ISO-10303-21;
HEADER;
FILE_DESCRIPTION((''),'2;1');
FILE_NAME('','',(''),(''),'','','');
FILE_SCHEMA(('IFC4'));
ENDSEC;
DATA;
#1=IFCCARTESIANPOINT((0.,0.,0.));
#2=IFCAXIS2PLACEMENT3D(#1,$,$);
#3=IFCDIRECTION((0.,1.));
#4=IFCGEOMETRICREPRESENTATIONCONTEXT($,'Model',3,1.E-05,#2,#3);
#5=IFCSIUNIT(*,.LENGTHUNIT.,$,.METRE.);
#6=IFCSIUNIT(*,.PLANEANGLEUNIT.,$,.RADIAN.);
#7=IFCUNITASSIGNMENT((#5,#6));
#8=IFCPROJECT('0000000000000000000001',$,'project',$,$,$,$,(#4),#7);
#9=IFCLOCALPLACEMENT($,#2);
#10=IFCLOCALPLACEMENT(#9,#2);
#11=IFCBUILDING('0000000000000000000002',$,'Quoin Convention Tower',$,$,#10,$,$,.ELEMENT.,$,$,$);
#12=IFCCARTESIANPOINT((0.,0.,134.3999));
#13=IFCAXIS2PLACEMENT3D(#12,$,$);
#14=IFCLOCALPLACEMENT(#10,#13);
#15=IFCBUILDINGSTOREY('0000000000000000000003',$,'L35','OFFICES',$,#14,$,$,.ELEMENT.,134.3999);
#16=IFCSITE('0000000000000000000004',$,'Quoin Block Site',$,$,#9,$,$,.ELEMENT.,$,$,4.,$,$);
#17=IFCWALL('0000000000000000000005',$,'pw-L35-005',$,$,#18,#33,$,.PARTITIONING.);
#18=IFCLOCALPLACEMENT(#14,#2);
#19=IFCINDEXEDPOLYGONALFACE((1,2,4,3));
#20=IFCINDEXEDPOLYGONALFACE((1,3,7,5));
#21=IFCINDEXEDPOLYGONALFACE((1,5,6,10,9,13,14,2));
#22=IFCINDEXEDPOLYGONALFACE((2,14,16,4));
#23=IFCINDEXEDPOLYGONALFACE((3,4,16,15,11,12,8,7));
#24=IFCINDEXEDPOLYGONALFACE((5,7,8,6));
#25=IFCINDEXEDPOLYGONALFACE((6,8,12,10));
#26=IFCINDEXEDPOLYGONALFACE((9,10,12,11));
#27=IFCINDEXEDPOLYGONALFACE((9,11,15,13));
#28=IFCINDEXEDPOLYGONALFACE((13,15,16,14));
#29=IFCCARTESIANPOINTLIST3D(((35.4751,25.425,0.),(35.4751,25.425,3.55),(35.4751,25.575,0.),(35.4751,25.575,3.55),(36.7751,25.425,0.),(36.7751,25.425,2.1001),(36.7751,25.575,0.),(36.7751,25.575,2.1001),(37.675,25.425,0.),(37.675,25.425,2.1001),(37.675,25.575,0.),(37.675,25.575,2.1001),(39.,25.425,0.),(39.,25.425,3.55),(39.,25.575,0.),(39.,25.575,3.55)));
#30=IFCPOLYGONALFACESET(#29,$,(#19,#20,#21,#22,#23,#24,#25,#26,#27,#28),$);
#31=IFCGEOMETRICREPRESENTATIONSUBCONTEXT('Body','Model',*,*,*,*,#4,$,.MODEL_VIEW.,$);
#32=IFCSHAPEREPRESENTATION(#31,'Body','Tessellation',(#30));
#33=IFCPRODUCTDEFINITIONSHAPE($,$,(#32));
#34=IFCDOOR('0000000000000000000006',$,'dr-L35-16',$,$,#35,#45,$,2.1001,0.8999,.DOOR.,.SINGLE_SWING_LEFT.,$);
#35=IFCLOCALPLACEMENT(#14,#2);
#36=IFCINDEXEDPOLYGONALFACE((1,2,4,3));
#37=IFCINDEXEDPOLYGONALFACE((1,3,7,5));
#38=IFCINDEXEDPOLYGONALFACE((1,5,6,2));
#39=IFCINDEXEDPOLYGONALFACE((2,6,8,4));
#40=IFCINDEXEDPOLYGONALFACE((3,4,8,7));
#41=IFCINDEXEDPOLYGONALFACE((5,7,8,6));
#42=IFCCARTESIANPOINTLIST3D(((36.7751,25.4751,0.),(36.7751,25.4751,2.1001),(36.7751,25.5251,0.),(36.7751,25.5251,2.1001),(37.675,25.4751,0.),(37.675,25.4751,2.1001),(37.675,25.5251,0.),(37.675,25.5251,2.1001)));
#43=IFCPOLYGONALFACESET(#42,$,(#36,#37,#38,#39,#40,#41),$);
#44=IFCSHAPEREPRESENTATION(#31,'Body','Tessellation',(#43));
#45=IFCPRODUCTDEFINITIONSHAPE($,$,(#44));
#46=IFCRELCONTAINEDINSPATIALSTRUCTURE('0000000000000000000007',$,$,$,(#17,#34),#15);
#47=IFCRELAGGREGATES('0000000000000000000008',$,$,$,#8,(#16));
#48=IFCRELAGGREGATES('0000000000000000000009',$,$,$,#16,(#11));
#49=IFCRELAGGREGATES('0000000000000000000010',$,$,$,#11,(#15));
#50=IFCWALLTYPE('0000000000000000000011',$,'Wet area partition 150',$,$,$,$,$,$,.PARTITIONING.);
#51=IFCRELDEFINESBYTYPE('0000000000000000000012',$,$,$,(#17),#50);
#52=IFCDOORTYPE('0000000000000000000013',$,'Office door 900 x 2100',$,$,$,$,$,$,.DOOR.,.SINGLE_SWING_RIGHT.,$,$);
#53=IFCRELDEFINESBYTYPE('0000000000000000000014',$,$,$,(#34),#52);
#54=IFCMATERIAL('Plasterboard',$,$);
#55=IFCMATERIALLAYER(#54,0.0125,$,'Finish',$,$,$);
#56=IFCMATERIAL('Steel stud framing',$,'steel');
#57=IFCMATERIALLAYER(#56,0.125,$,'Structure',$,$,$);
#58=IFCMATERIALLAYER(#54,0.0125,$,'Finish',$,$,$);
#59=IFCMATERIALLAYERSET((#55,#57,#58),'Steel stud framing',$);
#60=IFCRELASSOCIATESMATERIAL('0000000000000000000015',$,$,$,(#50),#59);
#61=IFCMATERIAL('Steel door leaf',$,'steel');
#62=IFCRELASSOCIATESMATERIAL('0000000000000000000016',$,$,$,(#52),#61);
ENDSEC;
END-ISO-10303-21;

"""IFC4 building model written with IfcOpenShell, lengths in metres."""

from ifc_helpers import new_model, si_unit, direction, frame, frame_2d, origin, place, context, subcontext, project, spatial, rectangle, extrude, material, layer, layer_set, type_object, element, fill, save


model = new_model("IFC4")

# Units and contexts
model_context = context("Model", 3, precision=1e-05, world=origin(), true_north=direction((0.0, 1.0)))
body_context = subcontext(model_context, "Body", "Model", "MODEL_VIEW")
ifc_project = project(units=[si_unit("LENGTHUNIT", "METRE"), si_unit("PLANEANGLEUNIT", "RADIAN")], contexts=[model_context])

# Site, building, storey
site_placement = place(None, origin())
site = spatial("IfcSite", under=ifc_project, at=site_placement, Name="Quoin Block Site", CompositionType="ELEMENT", RefElevation=4.0)
building_placement = place(site_placement, origin())
building = spatial("IfcBuilding", under=site, at=building_placement, Name="Quoin Convention Tower", CompositionType="ELEMENT")
storey_placement = place(building_placement, frame((0.0, 0.0, 134.3999)))
storey = spatial("IfcBuildingStorey", under=building, at=storey_placement, Name="L35", Description="OFFICES", CompositionType="ELEMENT", Elevation=134.3999)

# Shared definitions
ifc_material_1 = material(Name="Plasterboard")
ifc_material_2 = material(Name="Steel stud framing", Category="steel")

# Wall, opening, door
ifc_layer_1 = layer(ifc_material_1, 0.0125, Name="Finish")
ifc_layer_2 = layer(ifc_material_2, 0.125, Name="Structure")
ifc_layer_3 = layer(ifc_material_1, 0.0125, Name="Finish")
ifc_layer_set_1 = layer_set([ifc_layer_1, ifc_layer_2, ifc_layer_3], Name="Steel stud framing")
wall_type_1 = type_object("IfcWallType", Name="Wet area partition 150", PredefinedType="PARTITIONING", material=ifc_layer_set_1)
wall_1_placement = place(storey_placement, frame((35.4751, 25.5, 0.0), z_axis=(0.0, 0.0, 1.0), x_axis=(1.0, 0.0, 0.0)))
wall_1 = element("IfcWall", 1, at=wall_1_placement, inside=storey, type_object=wall_type_1, Name="pw-L35-005", PredefinedType="PARTITIONING", context=body_context, shape_type="SweptSolid", body=[
    extrude(rectangle(XDim=3.5249, YDim=0.1499, at=frame_2d((1.7625, 0.0))), origin(), (0.0, 0.0, 1.0), 3.55),
])
opening_1_placement = place(wall_1_placement, frame((1.3, 0.0, 0.0)))
opening_1 = element("IfcOpeningElement", 2, at=opening_1_placement, cuts=wall_1, PredefinedType="OPENING", context=body_context, shape_type="SweptSolid", body=[
    extrude(rectangle(XDim=0.8999, YDim=2.1001, at=frame_2d((0.45, 1.05))), frame((0.0, 0.085, 0.0), z_axis=(0.0, -1.0, 0.0), x_axis=(1.0, 0.0, 0.0)), (0.0, 0.0, 1.0), 0.1699),
])
ifc_material_3 = material(Name="Steel door leaf", Category="steel")
door_type = type_object("IfcDoorType", Name="Office door 900 x 2100", OperationType="SINGLE_SWING_RIGHT", PredefinedType="DOOR", material=ifc_material_3)
door_placement = place(opening_1_placement, frame((0.8999, 0.0, 0.0), z_axis=(0.0, 0.0, 1.0), x_axis=(-1.0, 0.0, 0.0)))
door = element("IfcDoor", 3, at=door_placement, inside=storey, type_object=door_type, Name="dr-L35-16", OperationType="SINGLE_SWING_LEFT", OverallHeight=2.1001, OverallWidth=0.8999, PredefinedType="DOOR", context=body_context, shape_type="SweptSolid", body=[
    extrude(rectangle(XDim=0.8999, YDim=2.1001, at=frame_2d((0.45, 1.05))), frame((0.0, 0.0249, 0.0), z_axis=(0.0, -1.0, 0.0), x_axis=(1.0, 0.0, 0.0)), (0.0, 0.0, 1.0), 0.05),
])
fill(opening_1, door)

save(model, "model.ifc")
